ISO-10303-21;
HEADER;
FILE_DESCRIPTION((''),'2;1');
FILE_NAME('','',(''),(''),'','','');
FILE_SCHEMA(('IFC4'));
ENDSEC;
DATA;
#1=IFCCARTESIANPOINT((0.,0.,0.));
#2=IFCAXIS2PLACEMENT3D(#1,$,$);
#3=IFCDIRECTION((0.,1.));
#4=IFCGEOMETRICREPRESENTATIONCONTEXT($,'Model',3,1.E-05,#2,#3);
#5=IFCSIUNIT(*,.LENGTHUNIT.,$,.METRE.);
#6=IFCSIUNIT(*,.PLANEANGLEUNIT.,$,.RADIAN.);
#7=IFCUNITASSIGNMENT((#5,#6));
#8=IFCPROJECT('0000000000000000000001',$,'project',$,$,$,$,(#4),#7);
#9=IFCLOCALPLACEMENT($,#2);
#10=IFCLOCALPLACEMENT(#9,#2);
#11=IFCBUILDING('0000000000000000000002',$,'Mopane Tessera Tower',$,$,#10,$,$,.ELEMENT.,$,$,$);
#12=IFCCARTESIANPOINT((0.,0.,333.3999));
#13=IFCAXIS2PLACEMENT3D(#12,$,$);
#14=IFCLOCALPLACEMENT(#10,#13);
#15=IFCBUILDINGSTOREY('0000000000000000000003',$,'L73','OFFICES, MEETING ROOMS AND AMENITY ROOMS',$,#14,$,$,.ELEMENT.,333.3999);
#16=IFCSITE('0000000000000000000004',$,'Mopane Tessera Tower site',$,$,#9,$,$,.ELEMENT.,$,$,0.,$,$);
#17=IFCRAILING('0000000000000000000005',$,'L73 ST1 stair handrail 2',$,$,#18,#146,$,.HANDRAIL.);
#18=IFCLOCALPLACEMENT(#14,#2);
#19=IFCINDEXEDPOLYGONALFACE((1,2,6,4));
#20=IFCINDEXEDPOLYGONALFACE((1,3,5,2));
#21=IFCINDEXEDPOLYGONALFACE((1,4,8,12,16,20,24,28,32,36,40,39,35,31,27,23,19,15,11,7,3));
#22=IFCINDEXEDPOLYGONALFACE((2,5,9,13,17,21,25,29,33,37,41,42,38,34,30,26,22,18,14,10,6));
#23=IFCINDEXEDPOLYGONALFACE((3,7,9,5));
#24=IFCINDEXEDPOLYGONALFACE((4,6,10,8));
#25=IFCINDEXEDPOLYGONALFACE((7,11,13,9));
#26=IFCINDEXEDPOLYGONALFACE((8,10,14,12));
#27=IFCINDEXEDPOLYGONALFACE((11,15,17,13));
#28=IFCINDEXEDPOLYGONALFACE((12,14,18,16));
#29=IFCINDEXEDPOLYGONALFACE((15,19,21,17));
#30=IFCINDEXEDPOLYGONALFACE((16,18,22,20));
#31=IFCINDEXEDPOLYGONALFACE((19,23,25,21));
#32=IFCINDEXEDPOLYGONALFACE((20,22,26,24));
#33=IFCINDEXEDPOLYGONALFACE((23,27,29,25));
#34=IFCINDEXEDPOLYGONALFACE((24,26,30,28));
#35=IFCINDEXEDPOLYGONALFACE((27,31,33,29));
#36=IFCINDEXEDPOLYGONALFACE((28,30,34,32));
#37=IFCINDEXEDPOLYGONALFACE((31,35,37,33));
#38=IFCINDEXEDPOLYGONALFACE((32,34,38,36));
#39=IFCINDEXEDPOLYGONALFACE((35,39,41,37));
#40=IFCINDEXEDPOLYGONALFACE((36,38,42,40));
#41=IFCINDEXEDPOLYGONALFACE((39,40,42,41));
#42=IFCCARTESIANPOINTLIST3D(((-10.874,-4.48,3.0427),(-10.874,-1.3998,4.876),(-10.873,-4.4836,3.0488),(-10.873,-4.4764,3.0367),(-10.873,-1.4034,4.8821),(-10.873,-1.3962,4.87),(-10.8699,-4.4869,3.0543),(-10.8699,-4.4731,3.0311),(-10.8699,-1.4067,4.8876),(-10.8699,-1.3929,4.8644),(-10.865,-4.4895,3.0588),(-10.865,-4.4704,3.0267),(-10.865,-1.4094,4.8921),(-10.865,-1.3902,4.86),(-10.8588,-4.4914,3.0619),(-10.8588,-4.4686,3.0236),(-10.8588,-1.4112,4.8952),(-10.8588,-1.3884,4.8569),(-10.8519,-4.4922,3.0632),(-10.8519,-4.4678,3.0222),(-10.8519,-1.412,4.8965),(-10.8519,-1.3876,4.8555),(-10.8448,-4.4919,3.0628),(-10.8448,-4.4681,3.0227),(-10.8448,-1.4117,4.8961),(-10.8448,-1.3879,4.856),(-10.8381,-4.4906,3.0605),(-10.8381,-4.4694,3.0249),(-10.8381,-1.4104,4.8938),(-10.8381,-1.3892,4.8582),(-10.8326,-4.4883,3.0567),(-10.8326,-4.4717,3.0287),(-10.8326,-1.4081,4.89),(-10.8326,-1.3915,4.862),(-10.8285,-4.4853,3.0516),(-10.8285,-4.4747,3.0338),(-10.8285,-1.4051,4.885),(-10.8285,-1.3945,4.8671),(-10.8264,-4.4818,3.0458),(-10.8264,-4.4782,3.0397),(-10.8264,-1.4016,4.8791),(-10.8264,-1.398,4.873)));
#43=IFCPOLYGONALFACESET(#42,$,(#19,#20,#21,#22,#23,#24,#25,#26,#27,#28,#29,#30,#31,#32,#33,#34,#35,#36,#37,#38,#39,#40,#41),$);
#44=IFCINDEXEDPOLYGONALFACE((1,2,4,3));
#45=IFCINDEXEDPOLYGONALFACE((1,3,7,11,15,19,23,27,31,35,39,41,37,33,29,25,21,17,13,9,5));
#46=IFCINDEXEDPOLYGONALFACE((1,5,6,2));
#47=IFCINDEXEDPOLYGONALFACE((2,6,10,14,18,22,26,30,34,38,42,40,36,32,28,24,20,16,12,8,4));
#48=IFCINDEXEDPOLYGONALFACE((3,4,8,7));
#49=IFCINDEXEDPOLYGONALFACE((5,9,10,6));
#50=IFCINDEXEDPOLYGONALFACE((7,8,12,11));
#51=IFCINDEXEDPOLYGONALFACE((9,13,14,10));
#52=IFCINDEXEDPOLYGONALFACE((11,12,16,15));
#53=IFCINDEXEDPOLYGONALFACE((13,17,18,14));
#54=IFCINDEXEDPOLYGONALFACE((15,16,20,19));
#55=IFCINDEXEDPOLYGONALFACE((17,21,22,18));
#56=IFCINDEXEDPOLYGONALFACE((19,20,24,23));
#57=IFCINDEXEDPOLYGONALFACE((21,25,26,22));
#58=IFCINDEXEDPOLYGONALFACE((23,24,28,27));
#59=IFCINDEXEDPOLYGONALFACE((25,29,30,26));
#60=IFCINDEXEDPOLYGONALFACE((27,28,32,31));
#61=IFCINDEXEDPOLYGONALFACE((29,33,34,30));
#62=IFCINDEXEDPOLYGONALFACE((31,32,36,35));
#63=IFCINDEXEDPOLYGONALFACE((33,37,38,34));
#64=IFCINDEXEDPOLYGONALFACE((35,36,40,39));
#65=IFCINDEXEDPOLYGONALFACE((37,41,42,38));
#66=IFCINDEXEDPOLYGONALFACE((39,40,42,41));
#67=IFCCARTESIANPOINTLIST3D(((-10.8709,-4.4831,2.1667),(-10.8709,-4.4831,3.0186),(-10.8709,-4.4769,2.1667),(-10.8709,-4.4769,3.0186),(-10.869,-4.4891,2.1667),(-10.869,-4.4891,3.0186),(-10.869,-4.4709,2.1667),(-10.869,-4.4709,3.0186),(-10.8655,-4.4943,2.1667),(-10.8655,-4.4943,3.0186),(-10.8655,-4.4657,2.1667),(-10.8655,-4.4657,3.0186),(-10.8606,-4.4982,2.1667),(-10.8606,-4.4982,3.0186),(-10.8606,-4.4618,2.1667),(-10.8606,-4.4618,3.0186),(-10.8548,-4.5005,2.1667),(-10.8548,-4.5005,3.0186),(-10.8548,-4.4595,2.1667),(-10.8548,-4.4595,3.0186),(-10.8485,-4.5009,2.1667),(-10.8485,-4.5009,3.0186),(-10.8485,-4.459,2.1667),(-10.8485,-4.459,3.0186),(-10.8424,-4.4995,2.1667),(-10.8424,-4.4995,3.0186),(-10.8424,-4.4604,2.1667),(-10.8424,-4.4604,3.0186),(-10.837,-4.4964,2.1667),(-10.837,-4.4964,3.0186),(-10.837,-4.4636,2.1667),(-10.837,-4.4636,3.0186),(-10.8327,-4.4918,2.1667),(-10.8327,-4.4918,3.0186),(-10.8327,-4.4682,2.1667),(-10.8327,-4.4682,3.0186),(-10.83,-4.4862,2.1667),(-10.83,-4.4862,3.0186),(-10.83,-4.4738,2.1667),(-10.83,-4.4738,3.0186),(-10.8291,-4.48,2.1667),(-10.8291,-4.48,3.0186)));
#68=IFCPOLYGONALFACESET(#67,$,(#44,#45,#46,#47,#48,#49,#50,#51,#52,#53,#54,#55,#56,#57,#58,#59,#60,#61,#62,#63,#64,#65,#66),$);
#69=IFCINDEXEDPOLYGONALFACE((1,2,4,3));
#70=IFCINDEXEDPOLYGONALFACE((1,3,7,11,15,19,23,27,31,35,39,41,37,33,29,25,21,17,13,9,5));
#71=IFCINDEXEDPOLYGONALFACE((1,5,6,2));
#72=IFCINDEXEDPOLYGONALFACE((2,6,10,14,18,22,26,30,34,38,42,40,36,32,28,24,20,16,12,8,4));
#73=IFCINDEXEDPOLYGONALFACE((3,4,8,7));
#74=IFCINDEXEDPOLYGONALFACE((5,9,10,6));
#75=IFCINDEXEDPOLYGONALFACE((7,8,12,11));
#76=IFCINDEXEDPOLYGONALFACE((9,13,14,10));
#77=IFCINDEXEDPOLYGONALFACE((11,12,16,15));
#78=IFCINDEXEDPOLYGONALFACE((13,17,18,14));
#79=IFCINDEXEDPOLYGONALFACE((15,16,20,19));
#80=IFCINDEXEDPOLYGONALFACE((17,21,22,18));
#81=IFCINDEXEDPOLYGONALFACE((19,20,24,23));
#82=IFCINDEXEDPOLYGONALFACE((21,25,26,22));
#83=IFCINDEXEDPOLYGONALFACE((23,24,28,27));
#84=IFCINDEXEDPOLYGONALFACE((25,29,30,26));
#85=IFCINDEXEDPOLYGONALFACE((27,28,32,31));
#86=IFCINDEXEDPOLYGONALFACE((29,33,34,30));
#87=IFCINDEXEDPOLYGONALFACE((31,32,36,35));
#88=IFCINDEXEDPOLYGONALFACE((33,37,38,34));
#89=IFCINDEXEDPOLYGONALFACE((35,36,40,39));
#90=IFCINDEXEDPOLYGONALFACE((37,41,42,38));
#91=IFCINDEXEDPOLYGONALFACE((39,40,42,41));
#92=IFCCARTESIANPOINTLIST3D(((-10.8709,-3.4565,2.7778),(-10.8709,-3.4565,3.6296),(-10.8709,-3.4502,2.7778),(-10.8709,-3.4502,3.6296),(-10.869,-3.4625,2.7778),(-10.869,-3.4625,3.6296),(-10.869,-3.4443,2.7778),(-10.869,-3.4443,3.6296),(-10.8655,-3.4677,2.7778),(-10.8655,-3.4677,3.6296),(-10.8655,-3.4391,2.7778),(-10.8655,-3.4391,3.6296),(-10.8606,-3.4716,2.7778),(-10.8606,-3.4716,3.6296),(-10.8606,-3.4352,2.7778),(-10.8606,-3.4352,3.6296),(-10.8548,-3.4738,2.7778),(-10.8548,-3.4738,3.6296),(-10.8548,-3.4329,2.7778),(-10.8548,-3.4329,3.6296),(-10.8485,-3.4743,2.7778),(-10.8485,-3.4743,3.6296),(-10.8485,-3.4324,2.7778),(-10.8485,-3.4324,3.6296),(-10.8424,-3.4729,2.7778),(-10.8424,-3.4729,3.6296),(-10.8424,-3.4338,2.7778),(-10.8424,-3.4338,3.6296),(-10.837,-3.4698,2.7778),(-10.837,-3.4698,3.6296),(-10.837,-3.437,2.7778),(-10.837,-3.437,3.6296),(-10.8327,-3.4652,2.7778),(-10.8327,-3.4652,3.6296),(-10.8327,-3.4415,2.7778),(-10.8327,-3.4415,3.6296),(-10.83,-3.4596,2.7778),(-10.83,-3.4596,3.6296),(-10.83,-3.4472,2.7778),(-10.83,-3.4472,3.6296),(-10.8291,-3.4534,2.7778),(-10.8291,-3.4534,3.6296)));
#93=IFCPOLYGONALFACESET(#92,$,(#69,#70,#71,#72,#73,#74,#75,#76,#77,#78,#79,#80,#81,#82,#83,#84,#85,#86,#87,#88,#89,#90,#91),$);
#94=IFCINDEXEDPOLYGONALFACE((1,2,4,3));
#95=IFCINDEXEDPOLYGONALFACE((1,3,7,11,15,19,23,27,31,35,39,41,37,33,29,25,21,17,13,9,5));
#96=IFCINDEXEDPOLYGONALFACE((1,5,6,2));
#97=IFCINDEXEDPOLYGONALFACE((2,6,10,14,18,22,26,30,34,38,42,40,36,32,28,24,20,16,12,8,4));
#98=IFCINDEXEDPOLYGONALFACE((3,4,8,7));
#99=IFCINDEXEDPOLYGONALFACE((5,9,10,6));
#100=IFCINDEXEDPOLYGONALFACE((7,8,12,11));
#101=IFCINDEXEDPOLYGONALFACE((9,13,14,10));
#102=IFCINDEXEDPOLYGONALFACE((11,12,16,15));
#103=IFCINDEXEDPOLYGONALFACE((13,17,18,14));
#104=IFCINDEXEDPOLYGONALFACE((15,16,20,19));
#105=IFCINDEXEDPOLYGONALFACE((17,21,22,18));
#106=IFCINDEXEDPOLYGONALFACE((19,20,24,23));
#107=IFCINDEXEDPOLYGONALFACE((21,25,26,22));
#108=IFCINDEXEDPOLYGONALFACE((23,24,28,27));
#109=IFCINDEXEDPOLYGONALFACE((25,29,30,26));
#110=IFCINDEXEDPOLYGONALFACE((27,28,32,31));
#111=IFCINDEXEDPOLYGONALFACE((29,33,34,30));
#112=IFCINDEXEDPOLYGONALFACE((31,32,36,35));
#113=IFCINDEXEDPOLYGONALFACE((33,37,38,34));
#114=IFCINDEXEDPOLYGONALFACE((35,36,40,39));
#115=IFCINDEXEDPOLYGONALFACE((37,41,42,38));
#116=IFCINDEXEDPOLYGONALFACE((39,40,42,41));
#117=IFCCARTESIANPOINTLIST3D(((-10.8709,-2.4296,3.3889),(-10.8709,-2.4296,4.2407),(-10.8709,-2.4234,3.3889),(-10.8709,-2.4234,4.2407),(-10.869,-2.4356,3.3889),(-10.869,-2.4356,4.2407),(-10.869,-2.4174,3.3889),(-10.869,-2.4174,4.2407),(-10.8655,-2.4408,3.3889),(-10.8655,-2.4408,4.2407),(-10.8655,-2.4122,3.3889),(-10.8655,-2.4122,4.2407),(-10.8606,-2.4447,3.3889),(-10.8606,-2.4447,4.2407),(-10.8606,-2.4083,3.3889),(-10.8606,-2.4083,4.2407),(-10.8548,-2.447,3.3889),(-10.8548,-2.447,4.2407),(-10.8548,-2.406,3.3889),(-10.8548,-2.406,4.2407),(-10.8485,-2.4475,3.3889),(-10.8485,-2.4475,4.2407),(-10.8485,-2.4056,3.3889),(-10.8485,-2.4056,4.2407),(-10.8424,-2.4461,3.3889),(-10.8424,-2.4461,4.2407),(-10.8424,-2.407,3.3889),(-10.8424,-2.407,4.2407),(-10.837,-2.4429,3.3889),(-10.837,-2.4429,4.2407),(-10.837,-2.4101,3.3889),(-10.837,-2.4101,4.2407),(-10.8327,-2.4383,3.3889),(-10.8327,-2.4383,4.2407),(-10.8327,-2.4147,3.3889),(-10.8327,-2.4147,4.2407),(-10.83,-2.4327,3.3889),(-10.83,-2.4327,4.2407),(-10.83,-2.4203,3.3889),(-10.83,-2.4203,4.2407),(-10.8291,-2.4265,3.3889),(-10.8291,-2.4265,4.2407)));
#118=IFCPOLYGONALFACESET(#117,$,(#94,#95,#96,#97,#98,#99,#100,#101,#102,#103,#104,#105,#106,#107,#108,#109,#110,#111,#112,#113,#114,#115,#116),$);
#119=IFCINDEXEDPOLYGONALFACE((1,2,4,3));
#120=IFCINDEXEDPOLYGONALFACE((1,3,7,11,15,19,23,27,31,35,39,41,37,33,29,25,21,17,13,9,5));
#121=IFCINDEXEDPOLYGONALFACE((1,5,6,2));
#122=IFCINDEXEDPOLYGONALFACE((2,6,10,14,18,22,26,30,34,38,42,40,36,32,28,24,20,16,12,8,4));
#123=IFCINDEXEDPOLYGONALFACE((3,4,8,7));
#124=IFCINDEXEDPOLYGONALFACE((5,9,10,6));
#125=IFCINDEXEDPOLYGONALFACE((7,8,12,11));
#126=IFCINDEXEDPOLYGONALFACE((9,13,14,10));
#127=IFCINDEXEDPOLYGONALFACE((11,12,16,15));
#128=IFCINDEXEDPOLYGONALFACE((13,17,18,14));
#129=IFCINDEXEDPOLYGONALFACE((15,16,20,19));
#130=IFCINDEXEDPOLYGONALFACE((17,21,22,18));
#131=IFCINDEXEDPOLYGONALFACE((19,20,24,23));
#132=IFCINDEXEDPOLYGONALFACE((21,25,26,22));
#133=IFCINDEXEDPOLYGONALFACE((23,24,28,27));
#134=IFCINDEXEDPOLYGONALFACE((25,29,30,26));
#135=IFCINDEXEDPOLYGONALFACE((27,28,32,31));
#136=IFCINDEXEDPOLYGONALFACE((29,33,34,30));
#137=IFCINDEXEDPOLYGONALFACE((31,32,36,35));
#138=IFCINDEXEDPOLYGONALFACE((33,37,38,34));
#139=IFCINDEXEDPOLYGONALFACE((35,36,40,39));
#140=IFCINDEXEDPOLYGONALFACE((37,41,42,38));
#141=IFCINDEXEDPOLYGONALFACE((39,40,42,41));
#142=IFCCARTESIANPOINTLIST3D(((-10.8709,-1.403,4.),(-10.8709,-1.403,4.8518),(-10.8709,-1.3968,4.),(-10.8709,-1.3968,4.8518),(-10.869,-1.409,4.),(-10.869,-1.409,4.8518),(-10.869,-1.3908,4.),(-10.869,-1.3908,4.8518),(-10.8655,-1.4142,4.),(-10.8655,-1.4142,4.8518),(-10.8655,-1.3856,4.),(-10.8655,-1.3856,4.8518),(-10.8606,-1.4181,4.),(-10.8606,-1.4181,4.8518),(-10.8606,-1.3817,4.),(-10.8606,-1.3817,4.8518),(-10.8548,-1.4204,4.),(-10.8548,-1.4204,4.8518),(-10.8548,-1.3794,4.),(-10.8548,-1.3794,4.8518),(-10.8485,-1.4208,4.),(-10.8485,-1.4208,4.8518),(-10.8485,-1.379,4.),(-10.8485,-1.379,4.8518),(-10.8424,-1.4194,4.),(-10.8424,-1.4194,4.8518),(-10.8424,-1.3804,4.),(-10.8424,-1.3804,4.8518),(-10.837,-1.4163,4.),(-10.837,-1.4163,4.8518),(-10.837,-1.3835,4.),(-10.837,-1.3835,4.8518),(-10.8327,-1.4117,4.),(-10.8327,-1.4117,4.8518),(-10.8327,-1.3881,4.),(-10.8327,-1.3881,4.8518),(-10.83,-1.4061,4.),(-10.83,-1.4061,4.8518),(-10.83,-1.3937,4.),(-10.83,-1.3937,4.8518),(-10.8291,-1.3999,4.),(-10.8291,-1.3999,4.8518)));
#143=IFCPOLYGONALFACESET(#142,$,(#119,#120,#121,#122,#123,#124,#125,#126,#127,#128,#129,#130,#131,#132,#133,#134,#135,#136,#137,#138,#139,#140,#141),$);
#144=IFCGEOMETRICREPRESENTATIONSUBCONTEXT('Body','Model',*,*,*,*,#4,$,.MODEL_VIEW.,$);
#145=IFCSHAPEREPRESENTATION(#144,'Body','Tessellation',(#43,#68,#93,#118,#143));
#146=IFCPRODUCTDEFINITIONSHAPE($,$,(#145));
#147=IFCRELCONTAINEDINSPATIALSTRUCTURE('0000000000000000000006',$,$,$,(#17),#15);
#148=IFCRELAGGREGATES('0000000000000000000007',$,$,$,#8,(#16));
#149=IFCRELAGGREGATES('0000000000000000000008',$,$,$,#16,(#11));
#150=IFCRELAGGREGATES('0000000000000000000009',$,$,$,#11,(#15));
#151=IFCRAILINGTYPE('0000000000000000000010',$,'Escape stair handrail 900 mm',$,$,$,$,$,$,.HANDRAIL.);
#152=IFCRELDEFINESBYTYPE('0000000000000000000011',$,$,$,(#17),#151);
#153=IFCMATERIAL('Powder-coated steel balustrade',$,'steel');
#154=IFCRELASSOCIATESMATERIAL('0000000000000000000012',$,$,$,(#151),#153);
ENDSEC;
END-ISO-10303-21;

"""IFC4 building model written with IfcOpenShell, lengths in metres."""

from ifc_helpers import new_model, si_unit, direction, frame, origin, origin_2d, place, context, subcontext, project, spatial, circle, extrude, material, type_object, element, save


model = new_model("IFC4")

# Units and contexts
model_context = context("Model", 3, precision=1e-05, world=origin(), true_north=direction((0.0, 1.0)))
body_context = subcontext(model_context, "Body", "Model", "MODEL_VIEW")
ifc_project = project(units=[si_unit("LENGTHUNIT", "METRE"), si_unit("PLANEANGLEUNIT", "RADIAN")], contexts=[model_context])

# Site, building, storey
site_placement = place(None, origin())
site = spatial("IfcSite", under=ifc_project, at=site_placement, Name="Mopane Tessera Tower site", CompositionType="ELEMENT", RefElevation=0.0)
building_placement = place(site_placement, origin())
building = spatial("IfcBuilding", under=site, at=building_placement, Name="Mopane Tessera Tower", CompositionType="ELEMENT")
storey_placement = place(building_placement, frame((0.0, 0.0, 333.3999)))
storey = spatial("IfcBuildingStorey", under=building, at=storey_placement, Name="L73", Description="OFFICES, MEETING ROOMS AND AMENITY ROOMS", CompositionType="ELEMENT", Elevation=333.3999)

# Railing
ifc_material_1 = material(Name="Powder-coated steel balustrade", Category="steel")
railing_type_1 = type_object("IfcRailingType", Name="Escape stair handrail 900 mm", PredefinedType="HANDRAIL", material=ifc_material_1)
railing_1_placement = place(storey_placement, frame((-10.8501, -4.48, 2.1667)))
element("IfcRailing", 1, at=railing_1_placement, inside=storey, type_object=railing_type_1, Name="L73 ST1 stair handrail 2", PredefinedType="HANDRAIL", context=body_context, shape_type="SweptSolid", body=[
    extrude(circle(Radius=0.0239, at=origin_2d()), frame((0.0, 0.0, 0.876), z_axis=(0.0, 0.859309, 0.511458), x_axis=(-1.0, 0.0, 0.0)), (0.0, 0.0, 1.0), 3.5845),
    extrude(circle(Radius=0.021, at=origin_2d()), origin(), (0.0, 0.0, 1.0), 0.8518),
    extrude(circle(Radius=0.021, at=origin_2d()), frame((0.0, 1.0266, 0.6111)), (0.0, 0.0, 1.0), 0.8518),
    extrude(circle(Radius=0.021, at=origin_2d()), frame((0.0, 2.0535, 1.2222)), (0.0, 0.0, 1.0), 0.8518),
    extrude(circle(Radius=0.021, at=origin_2d()), frame((0.0, 3.0801, 1.8333)), (0.0, 0.0, 1.0), 0.8518),
])

save(model, "model.ifc")
